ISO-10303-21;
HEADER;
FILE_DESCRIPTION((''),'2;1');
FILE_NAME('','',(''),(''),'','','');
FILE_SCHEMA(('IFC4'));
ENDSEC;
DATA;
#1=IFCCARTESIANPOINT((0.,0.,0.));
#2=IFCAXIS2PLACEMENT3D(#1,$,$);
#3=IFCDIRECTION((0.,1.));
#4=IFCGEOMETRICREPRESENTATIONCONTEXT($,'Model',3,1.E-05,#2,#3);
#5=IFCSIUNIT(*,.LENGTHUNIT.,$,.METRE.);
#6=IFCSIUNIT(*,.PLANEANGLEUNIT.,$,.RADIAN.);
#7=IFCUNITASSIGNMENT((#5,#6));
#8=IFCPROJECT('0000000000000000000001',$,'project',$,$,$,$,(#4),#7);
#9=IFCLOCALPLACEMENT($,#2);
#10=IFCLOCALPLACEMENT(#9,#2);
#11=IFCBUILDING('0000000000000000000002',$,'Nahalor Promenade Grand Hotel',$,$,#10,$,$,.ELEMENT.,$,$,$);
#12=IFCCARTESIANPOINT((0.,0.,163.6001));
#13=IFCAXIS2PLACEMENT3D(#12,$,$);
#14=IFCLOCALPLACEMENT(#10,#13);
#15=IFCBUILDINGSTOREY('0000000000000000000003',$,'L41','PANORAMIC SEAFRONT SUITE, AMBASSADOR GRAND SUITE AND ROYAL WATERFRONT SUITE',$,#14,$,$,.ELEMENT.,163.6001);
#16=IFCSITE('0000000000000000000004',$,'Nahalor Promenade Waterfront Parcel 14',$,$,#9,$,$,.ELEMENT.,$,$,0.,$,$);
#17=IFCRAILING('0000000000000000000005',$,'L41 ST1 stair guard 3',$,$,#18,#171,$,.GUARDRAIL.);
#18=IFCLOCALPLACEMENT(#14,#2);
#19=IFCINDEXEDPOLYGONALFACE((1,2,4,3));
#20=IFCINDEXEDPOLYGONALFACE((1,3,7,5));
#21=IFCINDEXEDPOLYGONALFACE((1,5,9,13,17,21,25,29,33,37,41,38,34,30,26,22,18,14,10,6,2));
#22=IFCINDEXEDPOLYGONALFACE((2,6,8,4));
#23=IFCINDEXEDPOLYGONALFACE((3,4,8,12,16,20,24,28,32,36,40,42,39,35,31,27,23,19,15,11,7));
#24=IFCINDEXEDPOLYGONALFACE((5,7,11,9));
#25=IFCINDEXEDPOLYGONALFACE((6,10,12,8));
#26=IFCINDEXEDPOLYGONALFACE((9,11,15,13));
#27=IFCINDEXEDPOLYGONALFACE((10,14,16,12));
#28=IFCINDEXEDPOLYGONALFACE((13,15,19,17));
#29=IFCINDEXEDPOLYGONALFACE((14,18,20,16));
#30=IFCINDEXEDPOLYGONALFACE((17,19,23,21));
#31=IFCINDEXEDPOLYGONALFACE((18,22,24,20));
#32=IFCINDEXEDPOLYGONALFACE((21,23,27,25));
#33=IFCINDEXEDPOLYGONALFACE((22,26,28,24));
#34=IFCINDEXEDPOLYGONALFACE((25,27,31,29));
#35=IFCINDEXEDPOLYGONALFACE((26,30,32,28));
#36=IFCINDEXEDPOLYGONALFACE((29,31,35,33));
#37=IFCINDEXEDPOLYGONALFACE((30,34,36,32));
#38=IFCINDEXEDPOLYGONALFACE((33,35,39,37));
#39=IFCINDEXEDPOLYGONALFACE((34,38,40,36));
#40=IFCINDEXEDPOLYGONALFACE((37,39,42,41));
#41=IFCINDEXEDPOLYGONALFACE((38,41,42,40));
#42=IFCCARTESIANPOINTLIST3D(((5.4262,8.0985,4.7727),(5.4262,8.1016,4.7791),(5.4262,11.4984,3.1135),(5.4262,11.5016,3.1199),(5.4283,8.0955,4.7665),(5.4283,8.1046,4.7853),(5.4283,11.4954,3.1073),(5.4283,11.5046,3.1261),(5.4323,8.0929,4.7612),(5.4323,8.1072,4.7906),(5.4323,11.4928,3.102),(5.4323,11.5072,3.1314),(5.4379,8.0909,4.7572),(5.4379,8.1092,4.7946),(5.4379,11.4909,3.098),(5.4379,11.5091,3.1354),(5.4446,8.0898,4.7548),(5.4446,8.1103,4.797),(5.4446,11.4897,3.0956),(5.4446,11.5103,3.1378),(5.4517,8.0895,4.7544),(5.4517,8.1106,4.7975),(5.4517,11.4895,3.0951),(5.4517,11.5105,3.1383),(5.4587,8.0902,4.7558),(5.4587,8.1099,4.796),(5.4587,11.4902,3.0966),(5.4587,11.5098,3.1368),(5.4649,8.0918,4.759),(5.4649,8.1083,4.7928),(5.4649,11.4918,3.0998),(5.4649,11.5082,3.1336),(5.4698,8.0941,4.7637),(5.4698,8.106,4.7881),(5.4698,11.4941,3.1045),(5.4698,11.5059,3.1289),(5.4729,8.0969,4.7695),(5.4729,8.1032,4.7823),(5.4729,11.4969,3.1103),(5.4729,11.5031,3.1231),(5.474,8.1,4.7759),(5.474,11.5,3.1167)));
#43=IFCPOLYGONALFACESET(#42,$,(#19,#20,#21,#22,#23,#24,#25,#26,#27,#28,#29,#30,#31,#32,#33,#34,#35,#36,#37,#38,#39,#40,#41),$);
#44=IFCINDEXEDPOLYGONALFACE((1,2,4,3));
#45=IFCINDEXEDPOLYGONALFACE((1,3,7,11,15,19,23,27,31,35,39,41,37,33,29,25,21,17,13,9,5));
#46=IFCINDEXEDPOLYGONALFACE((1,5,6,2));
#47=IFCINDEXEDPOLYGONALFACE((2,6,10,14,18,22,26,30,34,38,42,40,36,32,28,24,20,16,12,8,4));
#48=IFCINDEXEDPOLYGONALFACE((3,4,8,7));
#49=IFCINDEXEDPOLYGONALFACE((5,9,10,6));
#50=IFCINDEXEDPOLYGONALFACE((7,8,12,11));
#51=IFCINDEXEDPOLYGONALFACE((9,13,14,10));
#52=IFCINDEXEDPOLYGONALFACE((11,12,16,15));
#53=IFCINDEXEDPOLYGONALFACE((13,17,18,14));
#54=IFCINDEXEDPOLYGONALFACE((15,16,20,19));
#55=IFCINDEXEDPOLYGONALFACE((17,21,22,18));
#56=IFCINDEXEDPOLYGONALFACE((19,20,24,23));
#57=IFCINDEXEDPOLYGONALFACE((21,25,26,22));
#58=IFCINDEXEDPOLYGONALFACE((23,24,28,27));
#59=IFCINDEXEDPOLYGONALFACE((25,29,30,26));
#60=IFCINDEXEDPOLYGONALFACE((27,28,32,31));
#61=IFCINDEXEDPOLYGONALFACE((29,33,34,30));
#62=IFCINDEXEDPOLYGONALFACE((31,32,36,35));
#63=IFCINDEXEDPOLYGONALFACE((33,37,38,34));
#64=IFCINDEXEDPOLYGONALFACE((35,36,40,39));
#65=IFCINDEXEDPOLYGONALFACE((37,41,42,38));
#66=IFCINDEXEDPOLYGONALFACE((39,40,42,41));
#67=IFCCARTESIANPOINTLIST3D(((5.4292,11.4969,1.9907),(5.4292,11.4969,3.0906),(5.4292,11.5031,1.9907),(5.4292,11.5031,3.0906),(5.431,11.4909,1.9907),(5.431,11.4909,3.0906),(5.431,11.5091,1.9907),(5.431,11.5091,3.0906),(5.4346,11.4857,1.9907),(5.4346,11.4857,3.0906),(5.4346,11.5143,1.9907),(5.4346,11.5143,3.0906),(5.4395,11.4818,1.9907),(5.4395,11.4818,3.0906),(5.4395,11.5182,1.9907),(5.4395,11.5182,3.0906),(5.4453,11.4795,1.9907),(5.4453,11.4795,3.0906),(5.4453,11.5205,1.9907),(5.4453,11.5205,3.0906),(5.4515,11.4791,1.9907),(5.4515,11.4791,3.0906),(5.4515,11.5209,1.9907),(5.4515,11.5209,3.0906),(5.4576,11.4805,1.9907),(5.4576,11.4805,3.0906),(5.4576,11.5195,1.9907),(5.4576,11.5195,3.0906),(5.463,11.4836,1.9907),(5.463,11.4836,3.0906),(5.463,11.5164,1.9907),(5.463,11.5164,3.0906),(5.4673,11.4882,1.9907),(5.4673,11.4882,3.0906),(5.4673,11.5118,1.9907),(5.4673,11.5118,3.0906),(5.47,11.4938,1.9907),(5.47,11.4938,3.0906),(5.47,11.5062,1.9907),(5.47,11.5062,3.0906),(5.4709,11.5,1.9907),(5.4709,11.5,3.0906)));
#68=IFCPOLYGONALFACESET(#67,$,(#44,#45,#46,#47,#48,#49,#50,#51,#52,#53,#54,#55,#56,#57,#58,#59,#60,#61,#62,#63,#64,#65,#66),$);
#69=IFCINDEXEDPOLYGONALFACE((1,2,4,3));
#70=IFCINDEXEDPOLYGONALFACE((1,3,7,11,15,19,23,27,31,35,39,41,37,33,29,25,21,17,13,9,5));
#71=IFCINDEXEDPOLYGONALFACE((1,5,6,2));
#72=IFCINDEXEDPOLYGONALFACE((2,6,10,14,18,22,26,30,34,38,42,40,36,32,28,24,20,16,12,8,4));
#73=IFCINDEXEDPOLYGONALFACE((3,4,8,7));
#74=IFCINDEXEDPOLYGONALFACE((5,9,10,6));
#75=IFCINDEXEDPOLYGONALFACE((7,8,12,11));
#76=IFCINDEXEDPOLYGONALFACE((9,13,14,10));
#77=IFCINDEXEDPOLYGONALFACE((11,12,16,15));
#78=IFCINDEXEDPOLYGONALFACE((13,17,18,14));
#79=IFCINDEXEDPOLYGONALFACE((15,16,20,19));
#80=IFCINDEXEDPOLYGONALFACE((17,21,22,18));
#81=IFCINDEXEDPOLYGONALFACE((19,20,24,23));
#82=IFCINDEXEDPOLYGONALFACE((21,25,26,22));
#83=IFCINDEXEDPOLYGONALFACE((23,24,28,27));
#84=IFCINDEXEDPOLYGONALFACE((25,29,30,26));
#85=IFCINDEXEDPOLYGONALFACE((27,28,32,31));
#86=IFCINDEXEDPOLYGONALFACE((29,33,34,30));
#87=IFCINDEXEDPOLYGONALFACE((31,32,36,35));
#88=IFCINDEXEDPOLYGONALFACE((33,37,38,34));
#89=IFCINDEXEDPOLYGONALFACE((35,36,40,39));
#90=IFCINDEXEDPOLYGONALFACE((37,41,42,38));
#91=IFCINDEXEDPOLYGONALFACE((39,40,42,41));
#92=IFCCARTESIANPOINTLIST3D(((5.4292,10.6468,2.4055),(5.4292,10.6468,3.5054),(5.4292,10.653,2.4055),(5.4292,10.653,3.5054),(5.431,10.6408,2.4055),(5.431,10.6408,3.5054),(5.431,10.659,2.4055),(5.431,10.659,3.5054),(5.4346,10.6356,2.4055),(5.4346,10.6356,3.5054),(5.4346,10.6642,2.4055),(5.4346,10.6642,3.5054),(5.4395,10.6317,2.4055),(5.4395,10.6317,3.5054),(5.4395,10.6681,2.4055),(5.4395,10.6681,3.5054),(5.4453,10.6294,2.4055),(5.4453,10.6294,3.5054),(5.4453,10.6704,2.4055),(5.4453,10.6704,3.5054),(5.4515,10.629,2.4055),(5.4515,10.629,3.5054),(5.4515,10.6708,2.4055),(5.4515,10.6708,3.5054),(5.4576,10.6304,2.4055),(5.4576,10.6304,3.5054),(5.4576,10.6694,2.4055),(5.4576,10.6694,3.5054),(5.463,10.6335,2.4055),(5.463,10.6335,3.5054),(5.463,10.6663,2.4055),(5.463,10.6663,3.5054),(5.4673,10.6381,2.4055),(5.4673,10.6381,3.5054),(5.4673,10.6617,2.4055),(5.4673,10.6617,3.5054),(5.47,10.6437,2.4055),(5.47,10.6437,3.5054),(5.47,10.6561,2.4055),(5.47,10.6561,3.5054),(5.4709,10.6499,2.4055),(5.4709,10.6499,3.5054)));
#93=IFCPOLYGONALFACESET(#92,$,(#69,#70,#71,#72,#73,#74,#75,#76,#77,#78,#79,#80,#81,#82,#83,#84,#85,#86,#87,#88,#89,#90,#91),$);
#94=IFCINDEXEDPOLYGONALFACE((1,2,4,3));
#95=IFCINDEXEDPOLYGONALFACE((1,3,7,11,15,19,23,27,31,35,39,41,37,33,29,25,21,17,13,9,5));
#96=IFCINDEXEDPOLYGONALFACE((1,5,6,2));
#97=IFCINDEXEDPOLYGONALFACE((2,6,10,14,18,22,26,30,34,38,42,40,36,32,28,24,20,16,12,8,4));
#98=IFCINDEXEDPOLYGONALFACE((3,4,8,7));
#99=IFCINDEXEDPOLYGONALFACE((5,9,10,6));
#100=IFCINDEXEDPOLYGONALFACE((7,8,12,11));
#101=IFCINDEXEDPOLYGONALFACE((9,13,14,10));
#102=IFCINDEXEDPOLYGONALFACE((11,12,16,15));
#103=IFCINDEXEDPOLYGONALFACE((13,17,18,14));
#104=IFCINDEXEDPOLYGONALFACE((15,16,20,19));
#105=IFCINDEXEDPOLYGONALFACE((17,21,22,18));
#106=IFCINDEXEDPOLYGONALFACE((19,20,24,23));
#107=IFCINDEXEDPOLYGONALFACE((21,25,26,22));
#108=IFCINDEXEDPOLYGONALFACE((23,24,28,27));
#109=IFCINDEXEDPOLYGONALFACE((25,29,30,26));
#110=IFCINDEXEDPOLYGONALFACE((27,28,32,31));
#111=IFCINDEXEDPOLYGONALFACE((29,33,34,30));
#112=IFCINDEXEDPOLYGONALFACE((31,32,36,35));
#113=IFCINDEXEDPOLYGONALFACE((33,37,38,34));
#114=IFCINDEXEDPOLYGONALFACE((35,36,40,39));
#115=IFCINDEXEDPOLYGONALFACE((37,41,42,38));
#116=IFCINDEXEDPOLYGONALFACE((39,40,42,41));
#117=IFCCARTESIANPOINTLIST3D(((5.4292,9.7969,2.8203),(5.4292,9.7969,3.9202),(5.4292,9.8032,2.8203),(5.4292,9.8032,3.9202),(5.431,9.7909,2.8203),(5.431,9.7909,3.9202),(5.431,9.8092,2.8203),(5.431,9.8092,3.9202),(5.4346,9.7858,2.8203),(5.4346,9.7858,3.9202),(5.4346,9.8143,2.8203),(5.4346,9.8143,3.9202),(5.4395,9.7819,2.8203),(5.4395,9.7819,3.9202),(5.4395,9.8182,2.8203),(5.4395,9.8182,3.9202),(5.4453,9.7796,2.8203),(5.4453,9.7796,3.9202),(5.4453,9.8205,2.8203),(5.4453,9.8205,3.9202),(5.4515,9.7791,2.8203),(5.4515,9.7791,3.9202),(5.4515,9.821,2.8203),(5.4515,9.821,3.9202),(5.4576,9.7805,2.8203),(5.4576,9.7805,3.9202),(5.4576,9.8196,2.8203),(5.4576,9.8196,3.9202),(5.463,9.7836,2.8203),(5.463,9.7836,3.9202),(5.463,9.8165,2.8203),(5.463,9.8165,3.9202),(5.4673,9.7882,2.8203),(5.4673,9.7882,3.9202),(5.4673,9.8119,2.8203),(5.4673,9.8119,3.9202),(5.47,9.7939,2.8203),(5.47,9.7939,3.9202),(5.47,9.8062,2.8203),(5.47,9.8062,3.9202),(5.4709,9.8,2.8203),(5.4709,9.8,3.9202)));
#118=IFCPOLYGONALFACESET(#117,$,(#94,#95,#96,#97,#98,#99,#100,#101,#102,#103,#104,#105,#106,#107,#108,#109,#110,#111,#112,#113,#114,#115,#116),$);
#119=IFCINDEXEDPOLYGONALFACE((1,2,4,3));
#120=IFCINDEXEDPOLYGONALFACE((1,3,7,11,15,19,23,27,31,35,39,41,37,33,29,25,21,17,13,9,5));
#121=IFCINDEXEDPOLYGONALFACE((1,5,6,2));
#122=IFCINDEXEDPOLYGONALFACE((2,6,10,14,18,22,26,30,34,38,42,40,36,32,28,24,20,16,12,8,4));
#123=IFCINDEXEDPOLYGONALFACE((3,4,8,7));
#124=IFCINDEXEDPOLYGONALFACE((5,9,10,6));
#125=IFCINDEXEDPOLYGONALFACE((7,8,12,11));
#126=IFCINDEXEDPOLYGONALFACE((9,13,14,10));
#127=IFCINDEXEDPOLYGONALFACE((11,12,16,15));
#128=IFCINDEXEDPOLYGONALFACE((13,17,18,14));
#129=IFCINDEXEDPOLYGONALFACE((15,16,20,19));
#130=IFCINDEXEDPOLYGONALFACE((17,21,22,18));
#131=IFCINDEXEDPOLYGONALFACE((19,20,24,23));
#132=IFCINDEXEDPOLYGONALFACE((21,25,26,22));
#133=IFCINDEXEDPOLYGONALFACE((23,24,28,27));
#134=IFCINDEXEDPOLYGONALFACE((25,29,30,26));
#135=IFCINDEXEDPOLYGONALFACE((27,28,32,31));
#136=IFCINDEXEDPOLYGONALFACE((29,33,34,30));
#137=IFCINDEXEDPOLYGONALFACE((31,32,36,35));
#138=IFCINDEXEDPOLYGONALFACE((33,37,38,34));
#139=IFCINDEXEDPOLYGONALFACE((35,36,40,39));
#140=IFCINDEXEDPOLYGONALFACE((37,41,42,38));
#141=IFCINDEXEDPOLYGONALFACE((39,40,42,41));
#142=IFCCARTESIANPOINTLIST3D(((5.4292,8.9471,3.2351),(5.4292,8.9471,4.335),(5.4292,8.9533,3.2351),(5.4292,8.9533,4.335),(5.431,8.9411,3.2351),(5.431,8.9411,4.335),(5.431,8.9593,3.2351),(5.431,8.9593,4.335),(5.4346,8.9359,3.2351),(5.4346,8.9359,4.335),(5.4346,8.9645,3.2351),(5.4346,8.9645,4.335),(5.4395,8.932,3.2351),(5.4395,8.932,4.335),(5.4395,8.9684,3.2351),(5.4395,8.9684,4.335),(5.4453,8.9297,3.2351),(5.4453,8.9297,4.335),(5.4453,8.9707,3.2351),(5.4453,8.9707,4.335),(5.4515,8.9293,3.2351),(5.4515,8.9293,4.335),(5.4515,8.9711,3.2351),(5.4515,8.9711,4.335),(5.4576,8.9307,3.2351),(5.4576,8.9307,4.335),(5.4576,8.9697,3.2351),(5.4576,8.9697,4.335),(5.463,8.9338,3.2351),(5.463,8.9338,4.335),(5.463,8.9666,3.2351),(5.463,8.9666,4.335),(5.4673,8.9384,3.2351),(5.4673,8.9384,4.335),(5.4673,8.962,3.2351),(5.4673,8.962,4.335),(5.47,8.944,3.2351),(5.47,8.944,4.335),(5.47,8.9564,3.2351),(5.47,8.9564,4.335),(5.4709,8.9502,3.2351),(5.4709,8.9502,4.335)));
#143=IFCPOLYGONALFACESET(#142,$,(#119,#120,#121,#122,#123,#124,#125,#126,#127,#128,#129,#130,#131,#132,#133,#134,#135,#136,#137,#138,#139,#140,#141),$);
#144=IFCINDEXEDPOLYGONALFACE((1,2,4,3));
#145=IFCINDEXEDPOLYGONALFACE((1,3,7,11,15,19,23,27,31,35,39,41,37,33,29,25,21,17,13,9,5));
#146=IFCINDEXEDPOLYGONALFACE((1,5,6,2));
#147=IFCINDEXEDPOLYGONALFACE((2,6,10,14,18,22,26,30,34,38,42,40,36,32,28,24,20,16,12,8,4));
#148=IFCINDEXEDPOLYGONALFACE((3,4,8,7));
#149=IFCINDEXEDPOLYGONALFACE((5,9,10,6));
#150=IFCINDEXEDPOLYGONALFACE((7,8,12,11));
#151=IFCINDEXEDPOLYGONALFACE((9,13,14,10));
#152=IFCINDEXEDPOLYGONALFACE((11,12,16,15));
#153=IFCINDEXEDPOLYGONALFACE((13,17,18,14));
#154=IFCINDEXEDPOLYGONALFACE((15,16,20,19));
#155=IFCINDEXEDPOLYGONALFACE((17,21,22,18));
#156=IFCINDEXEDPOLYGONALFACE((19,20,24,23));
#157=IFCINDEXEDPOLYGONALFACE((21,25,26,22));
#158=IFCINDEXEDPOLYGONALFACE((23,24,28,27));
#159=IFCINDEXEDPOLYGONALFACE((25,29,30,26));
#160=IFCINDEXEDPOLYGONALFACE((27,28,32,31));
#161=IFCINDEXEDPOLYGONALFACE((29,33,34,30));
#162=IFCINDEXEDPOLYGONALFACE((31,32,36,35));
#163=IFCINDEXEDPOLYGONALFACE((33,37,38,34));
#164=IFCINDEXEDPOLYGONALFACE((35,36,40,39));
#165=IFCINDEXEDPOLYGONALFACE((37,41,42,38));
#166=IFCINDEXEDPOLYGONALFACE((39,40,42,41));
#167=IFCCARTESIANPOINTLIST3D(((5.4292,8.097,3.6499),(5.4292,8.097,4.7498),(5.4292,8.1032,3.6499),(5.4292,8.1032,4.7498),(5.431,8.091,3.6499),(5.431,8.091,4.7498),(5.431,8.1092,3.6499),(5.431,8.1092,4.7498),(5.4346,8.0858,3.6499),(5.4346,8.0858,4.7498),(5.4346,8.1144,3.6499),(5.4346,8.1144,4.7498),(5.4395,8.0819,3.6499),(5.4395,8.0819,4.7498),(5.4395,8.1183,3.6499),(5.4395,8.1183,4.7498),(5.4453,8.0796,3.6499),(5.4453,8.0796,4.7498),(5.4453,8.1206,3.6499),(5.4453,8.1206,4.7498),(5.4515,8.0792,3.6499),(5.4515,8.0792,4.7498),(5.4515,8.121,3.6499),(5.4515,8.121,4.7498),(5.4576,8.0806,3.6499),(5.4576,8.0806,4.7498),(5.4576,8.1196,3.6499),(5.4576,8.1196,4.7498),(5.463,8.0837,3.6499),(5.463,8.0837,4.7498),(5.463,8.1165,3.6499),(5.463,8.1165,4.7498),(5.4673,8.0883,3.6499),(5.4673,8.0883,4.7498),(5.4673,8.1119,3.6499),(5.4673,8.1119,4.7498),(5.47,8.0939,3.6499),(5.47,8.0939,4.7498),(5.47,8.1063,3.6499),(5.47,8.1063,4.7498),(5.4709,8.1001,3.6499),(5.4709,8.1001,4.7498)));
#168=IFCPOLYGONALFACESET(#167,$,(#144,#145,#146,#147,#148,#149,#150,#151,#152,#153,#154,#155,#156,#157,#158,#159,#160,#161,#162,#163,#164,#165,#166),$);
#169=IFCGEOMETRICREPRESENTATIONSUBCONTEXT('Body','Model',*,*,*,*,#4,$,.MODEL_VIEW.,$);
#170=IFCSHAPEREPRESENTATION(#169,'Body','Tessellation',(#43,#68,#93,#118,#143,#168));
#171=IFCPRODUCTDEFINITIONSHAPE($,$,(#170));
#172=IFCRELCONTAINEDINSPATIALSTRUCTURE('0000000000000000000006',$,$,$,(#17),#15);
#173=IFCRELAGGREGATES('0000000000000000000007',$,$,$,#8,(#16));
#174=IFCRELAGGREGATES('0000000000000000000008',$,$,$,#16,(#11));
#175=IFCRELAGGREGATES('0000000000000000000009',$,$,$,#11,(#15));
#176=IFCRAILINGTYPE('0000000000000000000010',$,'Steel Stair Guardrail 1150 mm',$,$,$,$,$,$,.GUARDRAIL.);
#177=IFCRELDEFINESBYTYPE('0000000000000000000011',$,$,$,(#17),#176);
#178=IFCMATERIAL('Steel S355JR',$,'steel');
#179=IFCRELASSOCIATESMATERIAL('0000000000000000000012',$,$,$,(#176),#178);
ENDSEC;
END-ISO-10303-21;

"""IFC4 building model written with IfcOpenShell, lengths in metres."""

from ifc_helpers import new_model, si_unit, direction, frame, origin, origin_2d, place, context, subcontext, project, spatial, circle, extrude, material, type_object, element, save


model = new_model("IFC4")

# Units and contexts
model_context = context("Model", 3, precision=1e-05, world=origin(), true_north=direction((0.0, 1.0)))
body_context = subcontext(model_context, "Body", "Model", "MODEL_VIEW")
ifc_project = project(units=[si_unit("LENGTHUNIT", "METRE"), si_unit("PLANEANGLEUNIT", "RADIAN")], contexts=[model_context])

# Site, building, storey
site_placement = place(None, origin())
site = spatial("IfcSite", under=ifc_project, at=site_placement, Name="Nahalor Promenade Waterfront Parcel 14", CompositionType="ELEMENT", RefElevation=0.0)
building_placement = place(site_placement, origin())
building = spatial("IfcBuilding", under=site, at=building_placement, Name="Nahalor Promenade Grand Hotel", CompositionType="ELEMENT")
storey_placement = place(building_placement, frame((0.0, 0.0, 163.6001)))
storey = spatial("IfcBuildingStorey", under=building, at=storey_placement, Name="L41", Description="PANORAMIC SEAFRONT SUITE, AMBASSADOR GRAND SUITE AND ROYAL WATERFRONT SUITE", CompositionType="ELEMENT", Elevation=163.6001)

# Shared definitions
ifc_material_1 = material(Name="Steel S355JR", Category="steel")

# Railing
railing_type = type_object("IfcRailingType", Name="Steel Stair Guardrail 1150 mm", PredefinedType="GUARDRAIL", material=ifc_material_1)
railing_1_placement = place(storey_placement, frame((5.45, 11.5, 1.9907)))
element("IfcRailing", 1, at=railing_1_placement, inside=storey, type_object=railing_type, Name="L41 ST1 stair guard 3", PredefinedType="GUARDRAIL", context=body_context, shape_type="SweptSolid", body=[
    extrude(circle(Radius=0.024, at=origin_2d()), frame((0.0, 0.0, 1.126), z_axis=(0.0, -0.898696, 0.438571), x_axis=(1.0, 0.0, 0.0)), (0.0, 0.0, 1.0), 3.7832),
    extrude(circle(Radius=0.021, at=origin_2d()), origin(), (0.0, 0.0, 1.0), 1.0999),
    extrude(circle(Radius=0.021, at=origin_2d()), frame((0.0, -0.8501, 0.4148)), (0.0, 0.0, 1.0), 1.0999),
    extrude(circle(Radius=0.021, at=origin_2d()), frame((0.0, -1.7, 0.8296)), (0.0, 0.0, 1.0), 1.0999),
    extrude(circle(Radius=0.021, at=origin_2d()), frame((0.0, -2.5498, 1.2444)), (0.0, 0.0, 1.0), 1.0999),
    extrude(circle(Radius=0.021, at=origin_2d()), frame((0.0, -3.3999, 1.6592)), (0.0, 0.0, 1.0), 1.0999),
])

save(model, "model.ifc")
